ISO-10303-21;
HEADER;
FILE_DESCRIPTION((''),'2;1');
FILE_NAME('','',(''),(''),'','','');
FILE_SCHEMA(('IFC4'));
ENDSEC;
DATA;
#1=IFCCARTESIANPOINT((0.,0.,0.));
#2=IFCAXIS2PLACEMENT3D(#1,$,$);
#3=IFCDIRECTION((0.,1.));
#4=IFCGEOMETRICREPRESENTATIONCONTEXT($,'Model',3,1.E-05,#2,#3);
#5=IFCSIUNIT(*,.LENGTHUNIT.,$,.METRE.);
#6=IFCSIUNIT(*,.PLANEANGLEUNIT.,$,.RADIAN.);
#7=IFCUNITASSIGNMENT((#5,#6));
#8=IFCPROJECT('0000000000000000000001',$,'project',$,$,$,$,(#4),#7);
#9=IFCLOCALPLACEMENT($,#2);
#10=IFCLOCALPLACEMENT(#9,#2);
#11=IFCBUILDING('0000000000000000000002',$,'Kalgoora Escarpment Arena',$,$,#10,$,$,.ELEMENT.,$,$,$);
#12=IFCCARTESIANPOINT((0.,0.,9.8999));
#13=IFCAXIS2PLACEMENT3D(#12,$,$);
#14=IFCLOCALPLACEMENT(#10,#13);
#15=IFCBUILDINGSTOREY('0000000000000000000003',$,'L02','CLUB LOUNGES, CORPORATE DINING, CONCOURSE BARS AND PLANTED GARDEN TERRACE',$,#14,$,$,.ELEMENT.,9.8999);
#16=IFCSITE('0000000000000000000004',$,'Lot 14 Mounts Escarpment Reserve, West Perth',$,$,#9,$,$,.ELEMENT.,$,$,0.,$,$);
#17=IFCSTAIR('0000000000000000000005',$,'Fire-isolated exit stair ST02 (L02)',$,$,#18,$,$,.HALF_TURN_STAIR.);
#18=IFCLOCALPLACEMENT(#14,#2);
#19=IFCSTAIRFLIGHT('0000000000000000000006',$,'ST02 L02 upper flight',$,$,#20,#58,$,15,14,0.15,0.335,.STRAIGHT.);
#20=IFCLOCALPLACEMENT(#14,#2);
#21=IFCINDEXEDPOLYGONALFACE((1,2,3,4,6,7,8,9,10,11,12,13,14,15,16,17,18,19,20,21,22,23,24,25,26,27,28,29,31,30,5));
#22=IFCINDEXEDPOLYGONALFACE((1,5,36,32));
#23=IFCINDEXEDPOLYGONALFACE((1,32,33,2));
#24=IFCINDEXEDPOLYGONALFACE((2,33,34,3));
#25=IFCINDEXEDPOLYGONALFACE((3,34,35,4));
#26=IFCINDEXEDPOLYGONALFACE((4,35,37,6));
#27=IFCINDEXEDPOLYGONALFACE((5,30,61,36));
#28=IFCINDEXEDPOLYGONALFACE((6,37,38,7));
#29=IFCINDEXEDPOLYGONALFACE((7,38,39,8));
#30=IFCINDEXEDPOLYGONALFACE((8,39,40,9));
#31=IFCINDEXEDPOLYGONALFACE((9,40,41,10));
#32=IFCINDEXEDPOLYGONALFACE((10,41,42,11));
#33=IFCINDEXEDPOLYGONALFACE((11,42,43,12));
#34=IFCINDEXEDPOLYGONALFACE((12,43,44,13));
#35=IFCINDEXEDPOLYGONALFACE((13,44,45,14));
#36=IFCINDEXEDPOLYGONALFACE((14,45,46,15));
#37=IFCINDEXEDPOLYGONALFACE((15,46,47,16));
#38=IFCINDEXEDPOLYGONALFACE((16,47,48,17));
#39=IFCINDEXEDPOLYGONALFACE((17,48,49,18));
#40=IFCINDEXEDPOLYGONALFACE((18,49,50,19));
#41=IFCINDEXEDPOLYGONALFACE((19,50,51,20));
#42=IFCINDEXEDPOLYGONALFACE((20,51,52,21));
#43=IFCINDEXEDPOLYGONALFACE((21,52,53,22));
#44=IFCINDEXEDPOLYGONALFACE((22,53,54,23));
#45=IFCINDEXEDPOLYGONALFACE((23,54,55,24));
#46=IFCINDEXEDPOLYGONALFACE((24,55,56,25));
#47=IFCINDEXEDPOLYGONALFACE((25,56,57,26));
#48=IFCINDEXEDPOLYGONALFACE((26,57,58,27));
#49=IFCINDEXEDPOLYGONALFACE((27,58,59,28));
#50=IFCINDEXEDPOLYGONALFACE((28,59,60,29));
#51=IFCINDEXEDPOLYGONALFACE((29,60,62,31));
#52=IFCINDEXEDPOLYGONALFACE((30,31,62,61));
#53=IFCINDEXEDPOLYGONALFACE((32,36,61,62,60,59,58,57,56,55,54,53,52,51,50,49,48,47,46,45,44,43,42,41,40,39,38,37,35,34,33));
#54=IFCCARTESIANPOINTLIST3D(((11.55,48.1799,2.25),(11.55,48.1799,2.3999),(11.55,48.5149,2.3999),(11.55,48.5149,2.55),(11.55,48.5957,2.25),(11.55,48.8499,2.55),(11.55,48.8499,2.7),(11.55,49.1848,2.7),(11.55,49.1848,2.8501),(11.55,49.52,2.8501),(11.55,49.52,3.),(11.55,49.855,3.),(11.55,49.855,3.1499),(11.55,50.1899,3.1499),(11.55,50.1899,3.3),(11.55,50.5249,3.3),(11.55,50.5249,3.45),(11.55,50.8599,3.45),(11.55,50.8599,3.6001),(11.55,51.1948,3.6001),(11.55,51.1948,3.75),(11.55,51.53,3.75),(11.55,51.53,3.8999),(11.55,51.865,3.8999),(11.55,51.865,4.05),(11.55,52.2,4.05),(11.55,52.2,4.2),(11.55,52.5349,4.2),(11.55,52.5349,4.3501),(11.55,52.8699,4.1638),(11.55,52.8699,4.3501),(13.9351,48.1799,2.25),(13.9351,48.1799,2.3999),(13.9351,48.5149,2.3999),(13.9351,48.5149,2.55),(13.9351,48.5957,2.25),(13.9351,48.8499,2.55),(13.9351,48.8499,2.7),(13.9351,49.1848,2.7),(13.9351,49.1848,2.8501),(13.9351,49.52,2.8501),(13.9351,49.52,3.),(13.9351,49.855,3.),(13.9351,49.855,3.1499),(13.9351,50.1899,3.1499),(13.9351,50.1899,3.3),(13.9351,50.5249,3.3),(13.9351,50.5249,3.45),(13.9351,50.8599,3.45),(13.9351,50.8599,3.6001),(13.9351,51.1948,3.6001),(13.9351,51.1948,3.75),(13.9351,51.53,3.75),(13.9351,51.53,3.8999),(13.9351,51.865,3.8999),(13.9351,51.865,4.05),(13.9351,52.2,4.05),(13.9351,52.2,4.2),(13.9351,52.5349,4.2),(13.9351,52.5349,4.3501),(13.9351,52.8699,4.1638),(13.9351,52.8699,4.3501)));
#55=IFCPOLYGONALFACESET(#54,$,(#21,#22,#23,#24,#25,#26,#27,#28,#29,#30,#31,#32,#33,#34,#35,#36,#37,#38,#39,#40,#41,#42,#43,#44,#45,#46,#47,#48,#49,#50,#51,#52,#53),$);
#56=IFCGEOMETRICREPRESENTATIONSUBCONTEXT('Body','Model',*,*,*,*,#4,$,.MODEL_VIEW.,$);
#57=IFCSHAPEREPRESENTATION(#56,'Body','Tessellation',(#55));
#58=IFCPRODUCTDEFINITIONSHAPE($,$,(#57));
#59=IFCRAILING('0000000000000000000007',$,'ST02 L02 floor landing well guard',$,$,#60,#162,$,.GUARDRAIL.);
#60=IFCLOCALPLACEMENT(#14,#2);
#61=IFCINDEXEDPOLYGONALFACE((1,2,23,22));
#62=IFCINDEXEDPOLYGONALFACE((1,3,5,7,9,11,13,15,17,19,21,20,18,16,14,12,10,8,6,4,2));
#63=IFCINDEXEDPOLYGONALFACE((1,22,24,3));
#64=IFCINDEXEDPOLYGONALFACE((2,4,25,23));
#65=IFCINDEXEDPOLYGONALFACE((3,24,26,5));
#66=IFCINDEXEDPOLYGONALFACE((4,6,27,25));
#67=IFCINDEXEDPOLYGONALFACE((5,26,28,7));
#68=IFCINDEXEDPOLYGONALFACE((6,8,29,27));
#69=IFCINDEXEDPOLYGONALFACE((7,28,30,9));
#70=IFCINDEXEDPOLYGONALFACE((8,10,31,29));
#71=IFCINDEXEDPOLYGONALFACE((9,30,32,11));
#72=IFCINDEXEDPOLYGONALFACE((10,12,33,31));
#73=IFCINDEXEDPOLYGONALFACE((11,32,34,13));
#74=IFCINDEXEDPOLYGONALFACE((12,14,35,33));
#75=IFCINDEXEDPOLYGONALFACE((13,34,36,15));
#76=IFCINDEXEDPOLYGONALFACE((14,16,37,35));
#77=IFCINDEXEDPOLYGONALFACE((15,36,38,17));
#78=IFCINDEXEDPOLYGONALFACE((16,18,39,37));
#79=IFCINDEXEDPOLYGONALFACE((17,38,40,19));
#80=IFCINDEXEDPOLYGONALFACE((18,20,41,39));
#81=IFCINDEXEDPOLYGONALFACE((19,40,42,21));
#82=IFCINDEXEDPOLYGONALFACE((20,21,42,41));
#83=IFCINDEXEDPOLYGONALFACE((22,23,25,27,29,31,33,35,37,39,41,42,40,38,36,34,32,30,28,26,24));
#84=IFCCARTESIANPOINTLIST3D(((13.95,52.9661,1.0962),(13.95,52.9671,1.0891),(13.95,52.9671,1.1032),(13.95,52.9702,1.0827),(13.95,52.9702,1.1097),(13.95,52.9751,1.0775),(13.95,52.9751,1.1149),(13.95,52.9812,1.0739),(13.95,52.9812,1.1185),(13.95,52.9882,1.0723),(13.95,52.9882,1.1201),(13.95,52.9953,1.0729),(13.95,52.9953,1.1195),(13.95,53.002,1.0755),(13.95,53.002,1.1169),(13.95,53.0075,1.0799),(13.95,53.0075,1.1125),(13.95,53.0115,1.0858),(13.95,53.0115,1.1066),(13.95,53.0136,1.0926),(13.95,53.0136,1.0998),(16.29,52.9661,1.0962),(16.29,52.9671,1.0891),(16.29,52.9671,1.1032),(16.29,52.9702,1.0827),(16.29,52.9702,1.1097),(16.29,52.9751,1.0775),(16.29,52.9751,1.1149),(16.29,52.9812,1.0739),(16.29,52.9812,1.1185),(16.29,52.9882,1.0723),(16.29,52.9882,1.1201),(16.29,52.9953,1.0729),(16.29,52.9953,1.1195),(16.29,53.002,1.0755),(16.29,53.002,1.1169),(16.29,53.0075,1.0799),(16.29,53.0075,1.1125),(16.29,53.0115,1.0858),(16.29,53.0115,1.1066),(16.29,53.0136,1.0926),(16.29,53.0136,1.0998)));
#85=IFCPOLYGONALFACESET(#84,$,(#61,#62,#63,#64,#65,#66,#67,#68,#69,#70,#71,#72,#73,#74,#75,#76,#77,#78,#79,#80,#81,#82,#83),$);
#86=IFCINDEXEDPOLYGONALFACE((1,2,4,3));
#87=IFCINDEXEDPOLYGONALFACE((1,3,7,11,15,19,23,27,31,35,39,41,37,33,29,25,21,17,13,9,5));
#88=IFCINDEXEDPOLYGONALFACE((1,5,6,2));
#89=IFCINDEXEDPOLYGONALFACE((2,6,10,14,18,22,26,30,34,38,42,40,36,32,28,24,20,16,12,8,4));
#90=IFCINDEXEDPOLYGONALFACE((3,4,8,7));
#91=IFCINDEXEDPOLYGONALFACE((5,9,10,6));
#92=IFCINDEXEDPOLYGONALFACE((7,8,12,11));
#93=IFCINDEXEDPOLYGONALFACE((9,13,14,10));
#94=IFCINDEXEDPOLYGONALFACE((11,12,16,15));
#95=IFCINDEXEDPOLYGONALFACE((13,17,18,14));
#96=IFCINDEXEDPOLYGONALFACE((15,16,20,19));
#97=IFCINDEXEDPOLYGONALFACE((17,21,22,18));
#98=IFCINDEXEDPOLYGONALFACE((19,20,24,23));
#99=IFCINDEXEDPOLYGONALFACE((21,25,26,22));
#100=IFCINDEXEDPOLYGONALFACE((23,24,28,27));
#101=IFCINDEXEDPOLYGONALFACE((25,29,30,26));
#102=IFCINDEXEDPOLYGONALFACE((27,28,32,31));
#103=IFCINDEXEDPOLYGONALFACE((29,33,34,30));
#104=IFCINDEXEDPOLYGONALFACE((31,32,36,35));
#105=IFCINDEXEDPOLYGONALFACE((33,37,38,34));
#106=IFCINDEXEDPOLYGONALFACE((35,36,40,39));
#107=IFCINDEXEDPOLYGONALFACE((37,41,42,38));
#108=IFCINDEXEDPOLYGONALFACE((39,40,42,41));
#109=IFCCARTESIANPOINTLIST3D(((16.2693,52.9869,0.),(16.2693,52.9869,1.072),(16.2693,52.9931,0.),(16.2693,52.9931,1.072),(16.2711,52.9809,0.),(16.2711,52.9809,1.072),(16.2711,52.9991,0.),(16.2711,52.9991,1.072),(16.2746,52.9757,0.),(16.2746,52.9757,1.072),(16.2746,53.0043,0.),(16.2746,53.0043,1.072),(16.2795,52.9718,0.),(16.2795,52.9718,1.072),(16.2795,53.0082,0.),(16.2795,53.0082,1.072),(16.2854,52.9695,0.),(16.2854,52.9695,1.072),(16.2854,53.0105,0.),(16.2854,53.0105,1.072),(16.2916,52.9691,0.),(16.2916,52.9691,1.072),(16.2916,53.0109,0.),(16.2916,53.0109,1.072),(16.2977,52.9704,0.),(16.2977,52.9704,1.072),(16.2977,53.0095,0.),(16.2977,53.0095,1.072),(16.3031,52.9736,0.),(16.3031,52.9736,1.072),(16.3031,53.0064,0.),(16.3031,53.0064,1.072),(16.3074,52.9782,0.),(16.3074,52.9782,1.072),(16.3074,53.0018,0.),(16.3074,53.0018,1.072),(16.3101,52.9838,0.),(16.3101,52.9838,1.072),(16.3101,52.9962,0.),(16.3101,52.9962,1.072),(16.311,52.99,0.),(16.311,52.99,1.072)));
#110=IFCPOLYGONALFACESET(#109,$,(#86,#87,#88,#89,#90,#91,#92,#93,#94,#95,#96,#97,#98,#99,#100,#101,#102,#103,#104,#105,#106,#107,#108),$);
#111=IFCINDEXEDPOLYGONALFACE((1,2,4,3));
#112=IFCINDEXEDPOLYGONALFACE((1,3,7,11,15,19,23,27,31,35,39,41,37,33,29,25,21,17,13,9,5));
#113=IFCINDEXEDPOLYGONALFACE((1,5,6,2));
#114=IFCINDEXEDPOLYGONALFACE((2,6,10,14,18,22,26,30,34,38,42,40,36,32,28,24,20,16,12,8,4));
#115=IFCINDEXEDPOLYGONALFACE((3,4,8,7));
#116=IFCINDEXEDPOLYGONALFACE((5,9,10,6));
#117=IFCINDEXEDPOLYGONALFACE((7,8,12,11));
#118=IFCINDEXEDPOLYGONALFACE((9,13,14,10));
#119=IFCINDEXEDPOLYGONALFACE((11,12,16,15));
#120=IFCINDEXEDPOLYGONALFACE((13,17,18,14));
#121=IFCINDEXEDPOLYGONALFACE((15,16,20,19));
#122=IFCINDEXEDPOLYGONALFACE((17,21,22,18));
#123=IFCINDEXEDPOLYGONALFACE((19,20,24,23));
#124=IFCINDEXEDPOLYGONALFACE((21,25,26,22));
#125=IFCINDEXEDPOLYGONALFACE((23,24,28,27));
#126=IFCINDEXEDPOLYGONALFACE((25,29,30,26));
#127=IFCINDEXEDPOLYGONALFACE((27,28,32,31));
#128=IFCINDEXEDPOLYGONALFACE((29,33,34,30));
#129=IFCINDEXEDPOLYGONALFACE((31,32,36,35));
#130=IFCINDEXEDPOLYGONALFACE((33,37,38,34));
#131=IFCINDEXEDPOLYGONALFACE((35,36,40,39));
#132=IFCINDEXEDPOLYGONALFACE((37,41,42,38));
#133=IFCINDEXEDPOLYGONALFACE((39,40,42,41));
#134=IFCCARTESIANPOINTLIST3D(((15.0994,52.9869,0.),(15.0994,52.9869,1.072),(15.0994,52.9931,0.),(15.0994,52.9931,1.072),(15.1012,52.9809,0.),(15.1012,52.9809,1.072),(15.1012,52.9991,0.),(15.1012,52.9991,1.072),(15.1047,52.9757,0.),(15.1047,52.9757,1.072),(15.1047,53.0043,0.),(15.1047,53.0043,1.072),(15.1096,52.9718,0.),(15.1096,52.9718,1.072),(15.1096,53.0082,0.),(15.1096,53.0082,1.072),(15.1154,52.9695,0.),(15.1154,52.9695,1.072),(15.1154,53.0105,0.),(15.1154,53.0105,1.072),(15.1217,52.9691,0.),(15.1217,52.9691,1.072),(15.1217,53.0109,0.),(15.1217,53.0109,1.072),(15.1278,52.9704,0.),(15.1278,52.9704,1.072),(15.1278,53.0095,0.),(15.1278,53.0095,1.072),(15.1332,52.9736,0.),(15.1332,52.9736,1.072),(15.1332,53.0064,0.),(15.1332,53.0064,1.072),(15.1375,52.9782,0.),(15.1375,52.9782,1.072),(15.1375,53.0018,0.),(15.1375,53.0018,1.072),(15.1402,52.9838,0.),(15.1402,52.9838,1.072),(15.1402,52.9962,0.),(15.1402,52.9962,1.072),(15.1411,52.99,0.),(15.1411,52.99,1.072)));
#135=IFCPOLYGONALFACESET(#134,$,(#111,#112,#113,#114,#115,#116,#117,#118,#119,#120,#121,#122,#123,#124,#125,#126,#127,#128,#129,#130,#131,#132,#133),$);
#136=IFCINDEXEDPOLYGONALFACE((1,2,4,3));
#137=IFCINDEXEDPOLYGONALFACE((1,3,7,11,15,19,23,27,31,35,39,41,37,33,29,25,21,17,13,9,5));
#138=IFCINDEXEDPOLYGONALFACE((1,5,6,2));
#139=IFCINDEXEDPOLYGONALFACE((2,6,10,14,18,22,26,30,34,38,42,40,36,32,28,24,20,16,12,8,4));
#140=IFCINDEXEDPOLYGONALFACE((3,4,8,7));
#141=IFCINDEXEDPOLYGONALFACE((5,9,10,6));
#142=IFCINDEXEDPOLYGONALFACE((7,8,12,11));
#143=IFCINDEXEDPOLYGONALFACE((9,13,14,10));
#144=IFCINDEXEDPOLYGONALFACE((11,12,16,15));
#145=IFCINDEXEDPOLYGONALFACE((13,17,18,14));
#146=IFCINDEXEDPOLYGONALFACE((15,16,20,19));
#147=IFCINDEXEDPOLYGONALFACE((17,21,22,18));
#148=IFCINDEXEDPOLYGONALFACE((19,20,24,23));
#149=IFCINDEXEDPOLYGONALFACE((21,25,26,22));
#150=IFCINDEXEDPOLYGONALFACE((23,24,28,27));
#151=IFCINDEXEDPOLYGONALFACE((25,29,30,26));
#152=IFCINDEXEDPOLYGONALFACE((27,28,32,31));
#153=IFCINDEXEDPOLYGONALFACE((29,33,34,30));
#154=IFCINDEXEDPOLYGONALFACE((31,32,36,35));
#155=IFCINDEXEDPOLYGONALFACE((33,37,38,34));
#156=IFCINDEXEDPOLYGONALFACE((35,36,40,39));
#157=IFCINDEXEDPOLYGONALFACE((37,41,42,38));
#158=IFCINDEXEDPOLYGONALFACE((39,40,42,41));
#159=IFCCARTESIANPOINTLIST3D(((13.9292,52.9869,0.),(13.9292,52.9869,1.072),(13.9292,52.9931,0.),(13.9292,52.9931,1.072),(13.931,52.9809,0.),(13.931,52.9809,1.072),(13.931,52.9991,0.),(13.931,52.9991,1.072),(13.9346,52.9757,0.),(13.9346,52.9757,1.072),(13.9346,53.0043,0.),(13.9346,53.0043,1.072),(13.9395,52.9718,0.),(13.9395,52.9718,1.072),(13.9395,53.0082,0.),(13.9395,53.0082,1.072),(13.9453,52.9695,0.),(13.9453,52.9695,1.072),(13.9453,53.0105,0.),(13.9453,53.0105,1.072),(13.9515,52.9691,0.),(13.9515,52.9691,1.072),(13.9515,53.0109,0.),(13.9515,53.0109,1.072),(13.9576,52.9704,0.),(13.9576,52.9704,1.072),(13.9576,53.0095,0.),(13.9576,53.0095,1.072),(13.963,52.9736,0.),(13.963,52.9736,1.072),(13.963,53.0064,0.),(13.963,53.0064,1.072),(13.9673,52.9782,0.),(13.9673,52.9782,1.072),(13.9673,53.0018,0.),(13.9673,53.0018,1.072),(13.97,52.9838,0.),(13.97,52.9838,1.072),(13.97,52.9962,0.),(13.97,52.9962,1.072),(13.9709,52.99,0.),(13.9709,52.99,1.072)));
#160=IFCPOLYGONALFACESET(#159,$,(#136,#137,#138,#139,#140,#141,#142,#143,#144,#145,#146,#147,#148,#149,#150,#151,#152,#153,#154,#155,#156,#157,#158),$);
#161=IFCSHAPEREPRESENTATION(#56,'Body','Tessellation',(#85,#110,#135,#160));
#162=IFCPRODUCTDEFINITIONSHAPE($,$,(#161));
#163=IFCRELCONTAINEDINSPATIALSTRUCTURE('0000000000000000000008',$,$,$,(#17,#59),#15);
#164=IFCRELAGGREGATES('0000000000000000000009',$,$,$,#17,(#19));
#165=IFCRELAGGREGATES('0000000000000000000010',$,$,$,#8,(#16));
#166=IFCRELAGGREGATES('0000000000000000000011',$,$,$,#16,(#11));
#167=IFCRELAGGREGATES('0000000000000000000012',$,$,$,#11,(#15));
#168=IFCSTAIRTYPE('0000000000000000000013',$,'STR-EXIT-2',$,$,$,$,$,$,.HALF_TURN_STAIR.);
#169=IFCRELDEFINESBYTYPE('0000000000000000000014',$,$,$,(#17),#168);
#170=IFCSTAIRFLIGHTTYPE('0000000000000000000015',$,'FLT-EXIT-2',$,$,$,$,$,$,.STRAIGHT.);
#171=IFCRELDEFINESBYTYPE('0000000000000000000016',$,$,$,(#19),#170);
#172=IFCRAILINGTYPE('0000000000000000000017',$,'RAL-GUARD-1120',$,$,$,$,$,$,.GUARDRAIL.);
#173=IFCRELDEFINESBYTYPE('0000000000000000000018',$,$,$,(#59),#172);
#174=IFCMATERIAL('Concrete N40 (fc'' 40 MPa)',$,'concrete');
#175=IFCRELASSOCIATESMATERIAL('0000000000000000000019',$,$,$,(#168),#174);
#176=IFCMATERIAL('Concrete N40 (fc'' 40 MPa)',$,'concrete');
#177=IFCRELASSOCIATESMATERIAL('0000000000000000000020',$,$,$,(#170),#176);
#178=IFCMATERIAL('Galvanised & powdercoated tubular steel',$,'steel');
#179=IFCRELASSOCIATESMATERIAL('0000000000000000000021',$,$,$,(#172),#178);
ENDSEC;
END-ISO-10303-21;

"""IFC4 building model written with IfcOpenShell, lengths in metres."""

from ifc_helpers import new_model, si_unit, direction, frame, origin, origin_2d, place, context, subcontext, project, spatial, polyline, circle, outline, extrude, material, type_object, element, aggregate, save


model = new_model("IFC4")

# Units and contexts
model_context = context("Model", 3, precision=1e-05, world=origin(), true_north=direction((0.0, 1.0)))
body_context = subcontext(model_context, "Body", "Model", "MODEL_VIEW")
ifc_project = project(units=[si_unit("LENGTHUNIT", "METRE"), si_unit("PLANEANGLEUNIT", "RADIAN")], contexts=[model_context])

# Site, building, storey
site_placement = place(None, origin())
site = spatial("IfcSite", under=ifc_project, at=site_placement, Name="Lot 14 Mounts Escarpment Reserve, West Perth", CompositionType="ELEMENT", RefElevation=0.0)
building_placement = place(site_placement, origin())
building = spatial("IfcBuilding", under=site, at=building_placement, Name="Kalgoora Escarpment Arena", CompositionType="ELEMENT")
storey_placement = place(building_placement, frame((0.0, 0.0, 9.8999)))
storey = spatial("IfcBuildingStorey", under=building, at=storey_placement, Name="L02", Description="CLUB LOUNGES, CORPORATE DINING, CONCOURSE BARS AND PLANTED GARDEN TERRACE", CompositionType="ELEMENT", Elevation=9.8999)

# Stair, stair flight
ifc_material_1 = material(Name="Concrete N40 (fc' 40 MPa)", Category="concrete")
stair_type = type_object("IfcStairType", Name="STR-EXIT-2", PredefinedType="HALF_TURN_STAIR", material=ifc_material_1)
stair_placement = place(storey_placement, origin())
stair = element("IfcStair", 1, at=stair_placement, inside=storey, type_object=stair_type, Name="Fire-isolated exit stair ST02 (L02)", PredefinedType="HALF_TURN_STAIR")
ifc_material_2 = material(Name="Concrete N40 (fc' 40 MPa)", Category="concrete")
stair_flight_type = type_object("IfcStairFlightType", Name="FLT-EXIT-2", PredefinedType="STRAIGHT", material=ifc_material_2)
stair_flight_1_placement = place(storey_placement, frame((12.7424, 48.1799, 2.25), z_axis=(0.0, 0.0, 1.0), x_axis=(0.0, 1.0, 0.0)))
stair_flight_1 = element("IfcStairFlight", 2, at=stair_flight_1_placement, type_object=stair_flight_type, Name="ST02 L02 upper flight", NumberOfRisers=15, NumberOfTreads=14, PredefinedType="STRAIGHT", RiserHeight=0.15, TreadLength=0.335, context=body_context, shape_type="SweptSolid", body=[
    extrude(outline(polyline([(0.0, 0.0), (0.0, 0.1499), (0.335, 0.1499), (0.335, 0.3), (0.6699, 0.3), (0.6699, 0.45), (1.0049, 0.45), (1.0049, 0.6001), (1.3401, 0.6001), (1.3401, 0.75), (1.675, 0.75), (1.675, 0.8999), (2.01, 0.8999), (2.01, 1.05), (2.345, 1.05), (2.345, 1.2), (2.6799, 1.2), (2.6799, 1.3501), (3.0149, 1.3501), (3.0149, 1.5), (3.3501, 1.5), (3.3501, 1.6499), (3.6851, 1.6499), (3.6851, 1.8), (4.02, 1.8), (4.02, 1.95), (4.355, 1.95), (4.355, 2.1001), (4.6899, 2.1001), (4.6899, 2.25), (4.6899, 1.9138), (0.4158, 0.0), (0.0, 0.0)])), frame((0.0, 1.1924, 0.0), z_axis=(0.0, -1.0, 0.0), x_axis=(1.0, 0.0, 0.0)), (0.0, 0.0, 1.0), 2.385),
])
aggregate(stair, [stair_flight_1])

# Railing
ifc_material_3 = material(Name="Galvanised & powdercoated tubular steel", Category="steel")
railing_type_1 = type_object("IfcRailingType", Name="RAL-GUARD-1120", PredefinedType="GUARDRAIL", material=ifc_material_3)
railing_placement = place(storey_placement, frame((16.29, 52.99, 0.0)))
element("IfcRailing", 3, at=railing_placement, inside=storey, type_object=railing_type_1, Name="ST02 L02 floor landing well guard", PredefinedType="GUARDRAIL", context=body_context, shape_type="SweptSolid", body=[
    extrude(circle(Radius=0.0239, at=origin_2d()), frame((0.0, 0.0, 1.0962), z_axis=(-1.0, 0.0, 0.0), x_axis=(0.0, -1.0, 0.0)), (0.0, 0.0, 1.0), 2.3401),
    extrude(circle(Radius=0.021, at=origin_2d()), origin(), (0.0, 0.0, 1.0), 1.072),
    extrude(circle(Radius=0.021, at=origin_2d()), frame((-1.1699, 0.0, 0.0)), (0.0, 0.0, 1.0), 1.072),
    extrude(circle(Radius=0.021, at=origin_2d()), frame((-2.3401, 0.0, 0.0)), (0.0, 0.0, 1.0), 1.072),
])

save(model, "model.ifc")
